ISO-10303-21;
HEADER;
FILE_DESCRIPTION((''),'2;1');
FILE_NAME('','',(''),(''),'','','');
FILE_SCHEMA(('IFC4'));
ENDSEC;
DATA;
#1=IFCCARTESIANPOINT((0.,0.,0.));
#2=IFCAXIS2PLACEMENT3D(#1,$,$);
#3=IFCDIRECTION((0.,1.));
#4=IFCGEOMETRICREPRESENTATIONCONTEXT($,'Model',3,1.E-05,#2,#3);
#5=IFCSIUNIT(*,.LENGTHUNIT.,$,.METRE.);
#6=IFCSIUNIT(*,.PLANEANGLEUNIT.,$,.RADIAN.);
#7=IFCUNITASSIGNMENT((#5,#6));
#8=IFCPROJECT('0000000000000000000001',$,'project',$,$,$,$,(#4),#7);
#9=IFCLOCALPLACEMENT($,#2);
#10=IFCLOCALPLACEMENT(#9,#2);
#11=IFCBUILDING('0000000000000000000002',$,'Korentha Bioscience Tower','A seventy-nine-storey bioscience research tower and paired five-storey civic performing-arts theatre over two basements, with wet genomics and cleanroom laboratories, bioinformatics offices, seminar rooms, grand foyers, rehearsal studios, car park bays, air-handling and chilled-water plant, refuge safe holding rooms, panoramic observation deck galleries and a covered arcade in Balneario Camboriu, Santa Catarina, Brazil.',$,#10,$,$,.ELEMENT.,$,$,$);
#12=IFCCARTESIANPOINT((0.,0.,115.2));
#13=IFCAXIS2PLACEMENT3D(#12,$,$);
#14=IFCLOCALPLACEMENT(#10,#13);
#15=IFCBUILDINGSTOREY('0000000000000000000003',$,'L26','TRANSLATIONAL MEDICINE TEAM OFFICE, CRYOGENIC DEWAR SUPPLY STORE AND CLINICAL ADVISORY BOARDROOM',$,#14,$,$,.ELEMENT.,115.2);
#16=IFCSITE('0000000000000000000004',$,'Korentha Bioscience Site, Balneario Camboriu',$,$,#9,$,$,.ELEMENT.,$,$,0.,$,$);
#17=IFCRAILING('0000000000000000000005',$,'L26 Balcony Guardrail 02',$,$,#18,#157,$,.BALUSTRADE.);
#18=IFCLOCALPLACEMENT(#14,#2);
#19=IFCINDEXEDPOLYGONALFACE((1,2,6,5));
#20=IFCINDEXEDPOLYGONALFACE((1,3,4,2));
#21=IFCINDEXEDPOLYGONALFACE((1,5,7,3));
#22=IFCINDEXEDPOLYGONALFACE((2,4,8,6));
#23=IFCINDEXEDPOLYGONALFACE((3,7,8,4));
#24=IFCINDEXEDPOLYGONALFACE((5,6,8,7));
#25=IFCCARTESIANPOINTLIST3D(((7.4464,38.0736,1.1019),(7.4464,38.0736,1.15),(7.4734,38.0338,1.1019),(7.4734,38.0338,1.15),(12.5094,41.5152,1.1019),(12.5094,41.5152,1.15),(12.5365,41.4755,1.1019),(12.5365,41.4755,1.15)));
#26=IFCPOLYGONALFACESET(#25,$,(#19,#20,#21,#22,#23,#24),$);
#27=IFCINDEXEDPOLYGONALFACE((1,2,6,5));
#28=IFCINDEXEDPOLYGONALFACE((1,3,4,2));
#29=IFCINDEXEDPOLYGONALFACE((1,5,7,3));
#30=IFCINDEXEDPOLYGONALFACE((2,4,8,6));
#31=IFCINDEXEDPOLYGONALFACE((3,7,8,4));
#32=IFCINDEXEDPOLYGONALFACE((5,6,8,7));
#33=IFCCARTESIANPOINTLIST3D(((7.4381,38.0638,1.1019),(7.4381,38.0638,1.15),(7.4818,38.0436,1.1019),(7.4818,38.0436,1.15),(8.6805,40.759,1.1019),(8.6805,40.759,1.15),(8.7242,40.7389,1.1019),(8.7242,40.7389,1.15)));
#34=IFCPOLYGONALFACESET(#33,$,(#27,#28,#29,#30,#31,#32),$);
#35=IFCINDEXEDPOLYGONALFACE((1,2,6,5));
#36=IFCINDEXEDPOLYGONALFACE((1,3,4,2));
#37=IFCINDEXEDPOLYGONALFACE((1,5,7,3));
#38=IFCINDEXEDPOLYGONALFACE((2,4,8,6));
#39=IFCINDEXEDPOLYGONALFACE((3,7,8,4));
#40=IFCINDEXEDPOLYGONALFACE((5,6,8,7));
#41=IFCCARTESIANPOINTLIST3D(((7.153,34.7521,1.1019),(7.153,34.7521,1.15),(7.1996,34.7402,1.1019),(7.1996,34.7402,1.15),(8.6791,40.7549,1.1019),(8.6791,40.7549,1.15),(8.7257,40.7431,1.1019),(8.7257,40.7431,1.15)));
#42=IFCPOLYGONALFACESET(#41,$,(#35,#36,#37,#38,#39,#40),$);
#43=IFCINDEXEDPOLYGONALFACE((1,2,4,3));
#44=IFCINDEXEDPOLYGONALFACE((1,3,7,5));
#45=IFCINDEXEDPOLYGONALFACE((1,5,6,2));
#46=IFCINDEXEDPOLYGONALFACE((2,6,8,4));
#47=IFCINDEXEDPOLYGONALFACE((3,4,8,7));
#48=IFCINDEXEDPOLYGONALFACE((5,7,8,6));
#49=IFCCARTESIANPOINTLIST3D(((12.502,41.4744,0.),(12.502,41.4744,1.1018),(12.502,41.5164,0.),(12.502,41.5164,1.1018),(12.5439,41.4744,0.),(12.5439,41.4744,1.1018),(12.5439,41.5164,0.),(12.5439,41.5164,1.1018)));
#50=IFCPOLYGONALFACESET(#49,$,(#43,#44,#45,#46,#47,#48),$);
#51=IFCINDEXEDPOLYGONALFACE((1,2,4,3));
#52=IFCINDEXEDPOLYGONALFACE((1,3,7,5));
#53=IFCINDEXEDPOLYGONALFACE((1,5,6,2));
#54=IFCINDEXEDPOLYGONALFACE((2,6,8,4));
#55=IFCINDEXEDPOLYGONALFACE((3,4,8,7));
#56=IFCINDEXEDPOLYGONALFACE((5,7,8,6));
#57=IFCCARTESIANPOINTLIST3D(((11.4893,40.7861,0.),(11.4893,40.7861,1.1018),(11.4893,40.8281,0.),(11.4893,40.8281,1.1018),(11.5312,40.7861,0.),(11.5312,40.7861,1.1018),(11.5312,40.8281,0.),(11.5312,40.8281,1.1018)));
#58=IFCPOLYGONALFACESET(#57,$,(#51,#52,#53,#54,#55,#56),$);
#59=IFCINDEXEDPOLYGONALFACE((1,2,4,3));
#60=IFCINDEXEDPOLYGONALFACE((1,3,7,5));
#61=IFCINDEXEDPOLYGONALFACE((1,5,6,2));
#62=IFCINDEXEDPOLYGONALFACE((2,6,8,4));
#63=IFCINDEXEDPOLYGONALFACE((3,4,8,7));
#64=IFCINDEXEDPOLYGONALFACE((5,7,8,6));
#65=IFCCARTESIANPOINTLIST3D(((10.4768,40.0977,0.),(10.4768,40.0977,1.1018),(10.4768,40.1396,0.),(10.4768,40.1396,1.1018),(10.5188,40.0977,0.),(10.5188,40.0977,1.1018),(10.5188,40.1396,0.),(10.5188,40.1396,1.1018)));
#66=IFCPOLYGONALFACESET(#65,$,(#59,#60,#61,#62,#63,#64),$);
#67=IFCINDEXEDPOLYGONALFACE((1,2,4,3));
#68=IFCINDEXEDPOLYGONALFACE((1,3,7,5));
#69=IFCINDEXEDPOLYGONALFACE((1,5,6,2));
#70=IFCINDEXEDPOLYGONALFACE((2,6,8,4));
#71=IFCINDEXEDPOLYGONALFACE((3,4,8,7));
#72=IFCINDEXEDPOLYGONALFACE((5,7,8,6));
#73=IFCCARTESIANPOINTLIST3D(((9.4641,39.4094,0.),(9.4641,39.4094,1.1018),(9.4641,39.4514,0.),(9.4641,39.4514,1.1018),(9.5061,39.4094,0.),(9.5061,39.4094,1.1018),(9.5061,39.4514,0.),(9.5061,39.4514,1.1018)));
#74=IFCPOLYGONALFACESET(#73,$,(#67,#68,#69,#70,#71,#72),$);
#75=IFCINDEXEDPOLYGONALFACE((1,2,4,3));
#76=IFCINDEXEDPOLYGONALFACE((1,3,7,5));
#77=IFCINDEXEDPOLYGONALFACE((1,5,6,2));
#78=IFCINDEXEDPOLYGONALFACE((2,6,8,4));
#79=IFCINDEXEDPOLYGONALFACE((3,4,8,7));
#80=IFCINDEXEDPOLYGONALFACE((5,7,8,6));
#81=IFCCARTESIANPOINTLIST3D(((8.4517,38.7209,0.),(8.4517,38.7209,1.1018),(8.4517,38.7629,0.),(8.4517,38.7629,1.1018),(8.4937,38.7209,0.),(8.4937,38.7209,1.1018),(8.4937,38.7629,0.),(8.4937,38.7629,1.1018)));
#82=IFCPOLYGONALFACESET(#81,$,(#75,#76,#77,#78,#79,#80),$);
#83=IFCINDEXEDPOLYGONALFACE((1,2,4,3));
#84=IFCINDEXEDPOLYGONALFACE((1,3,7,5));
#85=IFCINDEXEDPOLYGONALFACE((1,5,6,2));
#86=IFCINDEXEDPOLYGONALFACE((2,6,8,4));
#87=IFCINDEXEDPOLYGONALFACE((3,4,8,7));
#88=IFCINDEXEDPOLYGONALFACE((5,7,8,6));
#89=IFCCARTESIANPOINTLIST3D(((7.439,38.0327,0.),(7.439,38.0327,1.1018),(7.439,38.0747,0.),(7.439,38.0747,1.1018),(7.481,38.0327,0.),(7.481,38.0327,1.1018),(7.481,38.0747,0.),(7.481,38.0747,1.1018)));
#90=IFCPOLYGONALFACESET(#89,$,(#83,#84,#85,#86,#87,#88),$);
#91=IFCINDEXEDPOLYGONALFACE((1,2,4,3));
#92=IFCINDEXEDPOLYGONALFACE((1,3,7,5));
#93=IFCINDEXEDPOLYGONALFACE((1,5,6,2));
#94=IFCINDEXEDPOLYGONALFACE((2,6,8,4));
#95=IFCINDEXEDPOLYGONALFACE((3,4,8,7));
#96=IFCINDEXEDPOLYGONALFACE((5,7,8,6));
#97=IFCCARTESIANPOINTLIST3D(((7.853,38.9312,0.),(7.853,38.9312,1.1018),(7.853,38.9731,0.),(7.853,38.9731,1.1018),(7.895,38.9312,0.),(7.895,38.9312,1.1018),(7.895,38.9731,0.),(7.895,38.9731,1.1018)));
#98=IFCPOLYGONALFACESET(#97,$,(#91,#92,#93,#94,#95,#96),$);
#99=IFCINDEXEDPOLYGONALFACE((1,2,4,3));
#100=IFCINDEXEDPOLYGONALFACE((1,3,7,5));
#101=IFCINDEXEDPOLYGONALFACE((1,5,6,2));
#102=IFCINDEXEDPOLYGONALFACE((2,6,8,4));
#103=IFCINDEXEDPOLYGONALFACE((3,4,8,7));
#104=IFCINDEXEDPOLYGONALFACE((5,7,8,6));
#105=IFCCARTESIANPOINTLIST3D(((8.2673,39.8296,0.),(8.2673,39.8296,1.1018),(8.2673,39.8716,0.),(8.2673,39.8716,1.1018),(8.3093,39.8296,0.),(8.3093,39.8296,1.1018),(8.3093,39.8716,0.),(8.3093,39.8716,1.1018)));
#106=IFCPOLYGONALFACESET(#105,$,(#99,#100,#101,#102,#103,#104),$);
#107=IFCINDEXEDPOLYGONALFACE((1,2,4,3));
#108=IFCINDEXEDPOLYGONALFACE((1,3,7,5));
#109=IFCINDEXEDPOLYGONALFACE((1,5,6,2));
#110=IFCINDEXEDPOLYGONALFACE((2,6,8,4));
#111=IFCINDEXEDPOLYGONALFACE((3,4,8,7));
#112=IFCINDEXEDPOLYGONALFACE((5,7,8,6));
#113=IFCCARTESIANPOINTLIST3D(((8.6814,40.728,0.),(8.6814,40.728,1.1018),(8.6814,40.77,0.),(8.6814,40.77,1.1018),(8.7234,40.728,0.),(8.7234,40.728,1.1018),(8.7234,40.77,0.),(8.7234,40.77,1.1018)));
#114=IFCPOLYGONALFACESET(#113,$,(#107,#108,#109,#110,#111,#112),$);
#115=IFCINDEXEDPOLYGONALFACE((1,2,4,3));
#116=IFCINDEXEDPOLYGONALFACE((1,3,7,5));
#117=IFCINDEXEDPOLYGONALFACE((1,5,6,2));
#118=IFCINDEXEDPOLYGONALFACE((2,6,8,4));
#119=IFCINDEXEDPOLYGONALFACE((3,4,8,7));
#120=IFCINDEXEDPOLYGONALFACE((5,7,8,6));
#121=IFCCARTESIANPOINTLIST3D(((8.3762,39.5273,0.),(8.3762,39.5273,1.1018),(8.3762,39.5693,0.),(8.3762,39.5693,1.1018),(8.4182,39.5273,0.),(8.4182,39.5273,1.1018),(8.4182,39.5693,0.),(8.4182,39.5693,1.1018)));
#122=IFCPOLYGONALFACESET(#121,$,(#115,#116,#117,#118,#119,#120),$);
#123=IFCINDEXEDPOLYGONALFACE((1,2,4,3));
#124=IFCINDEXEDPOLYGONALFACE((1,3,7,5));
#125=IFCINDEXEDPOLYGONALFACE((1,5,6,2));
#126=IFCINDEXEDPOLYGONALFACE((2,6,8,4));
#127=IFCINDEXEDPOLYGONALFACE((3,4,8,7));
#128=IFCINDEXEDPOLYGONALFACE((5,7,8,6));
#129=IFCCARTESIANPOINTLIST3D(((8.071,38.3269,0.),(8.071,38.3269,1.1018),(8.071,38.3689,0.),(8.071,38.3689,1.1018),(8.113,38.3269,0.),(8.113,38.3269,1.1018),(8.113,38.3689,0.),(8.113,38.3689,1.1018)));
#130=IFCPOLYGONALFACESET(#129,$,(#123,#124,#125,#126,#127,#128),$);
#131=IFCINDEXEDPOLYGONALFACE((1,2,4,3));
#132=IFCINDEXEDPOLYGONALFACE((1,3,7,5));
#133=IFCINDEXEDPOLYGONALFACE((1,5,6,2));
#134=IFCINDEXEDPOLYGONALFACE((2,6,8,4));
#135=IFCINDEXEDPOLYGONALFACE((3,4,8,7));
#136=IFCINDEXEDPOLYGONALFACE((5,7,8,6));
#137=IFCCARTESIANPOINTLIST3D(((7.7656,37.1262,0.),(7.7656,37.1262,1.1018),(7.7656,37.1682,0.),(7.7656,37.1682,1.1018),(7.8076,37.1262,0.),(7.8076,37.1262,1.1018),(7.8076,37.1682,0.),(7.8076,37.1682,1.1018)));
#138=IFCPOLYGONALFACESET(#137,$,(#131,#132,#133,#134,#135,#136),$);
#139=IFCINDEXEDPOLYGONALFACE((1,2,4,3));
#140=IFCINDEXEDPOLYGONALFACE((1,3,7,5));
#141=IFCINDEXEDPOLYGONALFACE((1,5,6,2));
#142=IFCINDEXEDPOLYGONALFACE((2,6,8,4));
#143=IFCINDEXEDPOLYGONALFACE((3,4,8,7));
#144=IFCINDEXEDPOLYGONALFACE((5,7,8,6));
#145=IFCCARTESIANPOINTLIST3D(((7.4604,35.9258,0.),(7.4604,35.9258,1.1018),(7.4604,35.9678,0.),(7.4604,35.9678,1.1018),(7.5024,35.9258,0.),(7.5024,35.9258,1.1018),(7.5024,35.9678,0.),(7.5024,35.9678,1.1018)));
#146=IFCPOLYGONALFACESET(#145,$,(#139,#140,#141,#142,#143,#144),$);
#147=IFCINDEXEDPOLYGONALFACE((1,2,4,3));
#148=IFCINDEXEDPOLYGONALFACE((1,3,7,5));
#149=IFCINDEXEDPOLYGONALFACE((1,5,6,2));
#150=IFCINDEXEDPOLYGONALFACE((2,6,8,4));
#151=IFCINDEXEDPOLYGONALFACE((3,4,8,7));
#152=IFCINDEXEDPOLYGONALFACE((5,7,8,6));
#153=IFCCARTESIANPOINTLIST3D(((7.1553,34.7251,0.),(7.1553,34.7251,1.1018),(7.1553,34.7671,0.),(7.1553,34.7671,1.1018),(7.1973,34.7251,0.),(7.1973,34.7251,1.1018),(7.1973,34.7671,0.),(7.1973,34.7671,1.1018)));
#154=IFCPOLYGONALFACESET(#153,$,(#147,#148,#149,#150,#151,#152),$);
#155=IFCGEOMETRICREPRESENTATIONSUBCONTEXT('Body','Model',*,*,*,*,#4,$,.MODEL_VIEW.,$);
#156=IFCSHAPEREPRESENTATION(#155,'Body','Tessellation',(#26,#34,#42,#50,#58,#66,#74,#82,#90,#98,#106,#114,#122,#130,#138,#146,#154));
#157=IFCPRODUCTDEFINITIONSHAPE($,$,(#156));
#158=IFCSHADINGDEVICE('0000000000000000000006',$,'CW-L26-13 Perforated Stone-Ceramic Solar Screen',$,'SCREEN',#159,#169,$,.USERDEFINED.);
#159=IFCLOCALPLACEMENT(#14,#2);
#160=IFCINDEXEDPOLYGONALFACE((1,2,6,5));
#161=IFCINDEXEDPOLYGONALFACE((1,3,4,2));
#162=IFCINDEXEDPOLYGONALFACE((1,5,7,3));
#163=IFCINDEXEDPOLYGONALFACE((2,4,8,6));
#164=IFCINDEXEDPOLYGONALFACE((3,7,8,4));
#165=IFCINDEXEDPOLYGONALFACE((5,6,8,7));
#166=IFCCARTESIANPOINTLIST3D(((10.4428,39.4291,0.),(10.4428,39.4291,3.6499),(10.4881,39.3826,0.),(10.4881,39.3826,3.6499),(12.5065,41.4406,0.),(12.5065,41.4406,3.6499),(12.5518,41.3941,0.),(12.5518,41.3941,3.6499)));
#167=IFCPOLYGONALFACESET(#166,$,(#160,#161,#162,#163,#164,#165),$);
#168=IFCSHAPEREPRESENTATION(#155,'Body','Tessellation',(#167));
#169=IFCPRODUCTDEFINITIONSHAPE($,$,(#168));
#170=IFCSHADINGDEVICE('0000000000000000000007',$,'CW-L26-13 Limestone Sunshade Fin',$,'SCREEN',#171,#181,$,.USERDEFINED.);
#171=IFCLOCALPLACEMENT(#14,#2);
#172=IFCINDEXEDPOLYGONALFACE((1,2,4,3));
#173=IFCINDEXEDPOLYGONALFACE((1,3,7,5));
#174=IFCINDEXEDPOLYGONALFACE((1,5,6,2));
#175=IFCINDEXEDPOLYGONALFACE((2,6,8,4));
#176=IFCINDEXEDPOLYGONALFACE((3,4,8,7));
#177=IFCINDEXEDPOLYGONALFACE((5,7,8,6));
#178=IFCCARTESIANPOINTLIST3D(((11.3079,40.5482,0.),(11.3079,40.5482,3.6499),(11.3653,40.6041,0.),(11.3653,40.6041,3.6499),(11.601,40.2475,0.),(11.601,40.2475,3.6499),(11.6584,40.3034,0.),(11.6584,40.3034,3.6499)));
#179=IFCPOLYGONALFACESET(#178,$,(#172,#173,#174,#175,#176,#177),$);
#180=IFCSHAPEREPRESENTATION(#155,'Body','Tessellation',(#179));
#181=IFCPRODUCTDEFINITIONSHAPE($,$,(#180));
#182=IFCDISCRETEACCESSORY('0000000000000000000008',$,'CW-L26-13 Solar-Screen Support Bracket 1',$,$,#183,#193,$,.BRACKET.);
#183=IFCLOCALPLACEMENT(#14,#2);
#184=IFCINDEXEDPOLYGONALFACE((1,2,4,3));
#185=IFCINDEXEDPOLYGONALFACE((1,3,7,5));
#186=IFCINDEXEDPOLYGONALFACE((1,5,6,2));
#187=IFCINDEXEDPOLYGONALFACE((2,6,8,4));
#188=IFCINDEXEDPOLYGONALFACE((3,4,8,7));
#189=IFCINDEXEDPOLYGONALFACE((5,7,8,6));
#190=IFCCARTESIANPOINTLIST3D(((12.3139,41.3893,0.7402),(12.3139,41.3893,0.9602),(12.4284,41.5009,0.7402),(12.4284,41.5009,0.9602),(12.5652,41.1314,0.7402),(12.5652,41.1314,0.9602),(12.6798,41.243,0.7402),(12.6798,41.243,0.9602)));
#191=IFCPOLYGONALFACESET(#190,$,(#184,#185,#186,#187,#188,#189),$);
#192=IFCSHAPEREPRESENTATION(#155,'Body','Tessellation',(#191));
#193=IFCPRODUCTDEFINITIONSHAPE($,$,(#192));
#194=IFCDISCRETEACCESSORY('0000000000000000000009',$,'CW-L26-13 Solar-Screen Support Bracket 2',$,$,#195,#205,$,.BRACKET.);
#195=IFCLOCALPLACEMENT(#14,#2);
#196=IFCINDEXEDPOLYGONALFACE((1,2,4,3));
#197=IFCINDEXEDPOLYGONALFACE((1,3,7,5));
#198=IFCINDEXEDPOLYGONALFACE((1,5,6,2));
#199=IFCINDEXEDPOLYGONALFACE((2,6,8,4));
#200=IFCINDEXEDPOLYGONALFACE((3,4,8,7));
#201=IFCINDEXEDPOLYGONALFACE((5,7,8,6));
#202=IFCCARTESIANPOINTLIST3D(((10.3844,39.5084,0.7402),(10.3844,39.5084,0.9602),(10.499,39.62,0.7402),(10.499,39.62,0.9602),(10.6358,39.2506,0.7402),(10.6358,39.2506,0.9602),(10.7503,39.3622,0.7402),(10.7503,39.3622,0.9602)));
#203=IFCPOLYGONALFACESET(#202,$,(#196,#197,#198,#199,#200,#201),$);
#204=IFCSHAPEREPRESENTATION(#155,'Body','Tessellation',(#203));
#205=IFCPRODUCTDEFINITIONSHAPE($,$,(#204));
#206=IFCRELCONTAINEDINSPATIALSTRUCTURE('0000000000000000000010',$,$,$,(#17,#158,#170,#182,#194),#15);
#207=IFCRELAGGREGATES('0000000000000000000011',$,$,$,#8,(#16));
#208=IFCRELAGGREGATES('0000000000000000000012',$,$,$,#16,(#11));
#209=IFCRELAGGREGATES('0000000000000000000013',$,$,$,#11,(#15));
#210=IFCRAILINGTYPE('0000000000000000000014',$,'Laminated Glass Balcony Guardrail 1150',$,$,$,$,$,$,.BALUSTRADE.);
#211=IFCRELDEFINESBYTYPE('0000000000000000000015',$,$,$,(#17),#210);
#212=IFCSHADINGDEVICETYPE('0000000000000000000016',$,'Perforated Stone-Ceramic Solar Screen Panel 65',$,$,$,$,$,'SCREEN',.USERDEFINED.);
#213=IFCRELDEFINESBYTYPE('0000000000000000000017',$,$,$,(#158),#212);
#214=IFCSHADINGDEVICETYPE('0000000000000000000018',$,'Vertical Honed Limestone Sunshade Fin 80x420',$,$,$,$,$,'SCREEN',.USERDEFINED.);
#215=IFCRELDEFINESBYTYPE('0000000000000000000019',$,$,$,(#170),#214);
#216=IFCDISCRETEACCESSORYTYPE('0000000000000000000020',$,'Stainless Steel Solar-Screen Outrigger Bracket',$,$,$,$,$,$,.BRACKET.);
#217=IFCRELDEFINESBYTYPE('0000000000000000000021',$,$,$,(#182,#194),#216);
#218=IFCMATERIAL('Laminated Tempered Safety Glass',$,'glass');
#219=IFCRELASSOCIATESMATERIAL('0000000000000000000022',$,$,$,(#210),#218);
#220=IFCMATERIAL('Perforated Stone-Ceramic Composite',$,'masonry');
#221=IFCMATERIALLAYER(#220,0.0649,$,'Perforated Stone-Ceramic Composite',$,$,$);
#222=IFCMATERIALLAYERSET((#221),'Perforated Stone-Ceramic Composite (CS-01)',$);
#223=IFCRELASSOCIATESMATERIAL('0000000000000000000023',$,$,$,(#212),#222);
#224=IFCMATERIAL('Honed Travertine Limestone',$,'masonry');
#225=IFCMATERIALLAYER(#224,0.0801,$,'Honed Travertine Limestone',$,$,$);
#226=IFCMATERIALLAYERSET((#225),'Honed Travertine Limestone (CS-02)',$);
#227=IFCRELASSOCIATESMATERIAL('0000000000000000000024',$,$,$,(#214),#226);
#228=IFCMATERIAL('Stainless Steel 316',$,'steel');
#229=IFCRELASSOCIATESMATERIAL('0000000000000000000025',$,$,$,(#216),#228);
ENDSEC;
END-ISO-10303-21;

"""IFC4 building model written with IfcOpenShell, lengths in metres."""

from ifc_helpers import new_model, si_unit, direction, frame, origin, origin_2d, place, context, subcontext, project, spatial, rectangle, extrude, material, layer, layer_set, type_object, element, save


model = new_model("IFC4")

# Units and contexts
model_context = context("Model", 3, precision=1e-05, world=origin(), true_north=direction((0.0, 1.0)))
body_context = subcontext(model_context, "Body", "Model", "MODEL_VIEW")
ifc_project = project(units=[si_unit("LENGTHUNIT", "METRE"), si_unit("PLANEANGLEUNIT", "RADIAN")], contexts=[model_context])

# Site, building, storey
site_placement = place(None, origin())
site = spatial("IfcSite", under=ifc_project, at=site_placement, Name="Korentha Bioscience Site, Balneario Camboriu", CompositionType="ELEMENT", RefElevation=0.0)
building_placement = place(site_placement, origin())
building = spatial("IfcBuilding", under=site, at=building_placement, Name="Korentha Bioscience Tower", Description="A seventy-nine-storey bioscience research tower and paired five-storey civic performing-arts theatre over two basements, with wet genomics and cleanroom laboratories, bioinformatics offices, seminar rooms, grand foyers, rehearsal studios, car park bays, air-handling and chilled-water plant, refuge safe holding rooms, panoramic observation deck galleries and a covered arcade in Balneario Camboriu, Santa Catarina, Brazil.", CompositionType="ELEMENT")
storey_placement = place(building_placement, frame((0.0, 0.0, 115.2)))
storey = spatial("IfcBuildingStorey", under=building, at=storey_placement, Name="L26", Description="TRANSLATIONAL MEDICINE TEAM OFFICE, CRYOGENIC DEWAR SUPPLY STORE AND CLINICAL ADVISORY BOARDROOM", CompositionType="ELEMENT", Elevation=115.2)

# Railing
ifc_material_1 = material(Name="Laminated Tempered Safety Glass", Category="glass")
railing_type = type_object("IfcRailingType", Name="Laminated Glass Balcony Guardrail 1150", PredefinedType="BALUSTRADE", material=ifc_material_1)
railing_placement = place(storey_placement, frame((12.5229, 41.4954, 0.0)))
element("IfcRailing", 1, at=railing_placement, inside=storey, type_object=railing_type, Name="L26 Balcony Guardrail 02", PredefinedType="BALUSTRADE", context=body_context, shape_type="SweptSolid", body=[
    extrude(rectangle(XDim=0.0481, YDim=0.0481, at=origin_2d()), frame((0.0, 0.0, 1.126), z_axis=(-0.827016, -0.562178, 0.0), x_axis=(0.562178, -0.827016, 0.0)), (0.0, 0.0, 1.0), 6.1221),
    extrude(rectangle(XDim=0.0481, YDim=0.0481, at=origin_2d()), frame((-5.063, -3.4417, 1.126), z_axis=(0.418625, 0.908159, 0.0), x_axis=(-0.908159, 0.418625, 0.0)), (0.0, 0.0, 1.0), 2.9678),
    extrude(rectangle(XDim=0.0481, YDim=0.0481, at=origin_2d()), frame((-3.8206, -0.7463, 1.126), z_axis=(-0.246392, -0.96917, 0.0), x_axis=(0.96917, -0.246392, 0.0)), (0.0, 0.0, 1.0), 6.1938),
    extrude(rectangle(XDim=0.042, YDim=0.042, at=origin_2d()), origin(), (0.0, 0.0, 1.0), 1.1018),
    extrude(rectangle(XDim=0.042, YDim=0.042, at=origin_2d()), frame((-1.0127, -0.6882, 0.0)), (0.0, 0.0, 1.0), 1.1018),
    extrude(rectangle(XDim=0.042, YDim=0.042, at=origin_2d()), frame((-2.0251, -1.3767, 0.0)), (0.0, 0.0, 1.0), 1.1018),
    extrude(rectangle(XDim=0.042, YDim=0.042, at=origin_2d()), frame((-3.0378, -2.0649, 0.0)), (0.0, 0.0, 1.0), 1.1018),
    extrude(rectangle(XDim=0.042, YDim=0.042, at=origin_2d()), frame((-4.0503, -2.7534, 0.0)), (0.0, 0.0, 1.0), 1.1018),
    extrude(rectangle(XDim=0.042, YDim=0.042, at=origin_2d()), frame((-5.063, -3.4417, 0.0)), (0.0, 0.0, 1.0), 1.1018),
    extrude(rectangle(XDim=0.042, YDim=0.042, at=origin_2d()), frame((-4.6489, -2.5432, 0.0)), (0.0, 0.0, 1.0), 1.1018),
    extrude(rectangle(XDim=0.042, YDim=0.042, at=origin_2d()), frame((-4.2346, -1.6448, 0.0)), (0.0, 0.0, 1.0), 1.1018),
    extrude(rectangle(XDim=0.042, YDim=0.042, at=origin_2d()), frame((-3.8206, -0.7463, 0.0)), (0.0, 0.0, 1.0), 1.1018),
    extrude(rectangle(XDim=0.042, YDim=0.042, at=origin_2d()), frame((-4.1257, -1.947, 0.0)), (0.0, 0.0, 1.0), 1.1018),
    extrude(rectangle(XDim=0.042, YDim=0.042, at=origin_2d()), frame((-4.4309, -3.1475, 0.0)), (0.0, 0.0, 1.0), 1.1018),
    extrude(rectangle(XDim=0.042, YDim=0.042, at=origin_2d()), frame((-4.7363, -4.3481, 0.0)), (0.0, 0.0, 1.0), 1.1018),
    extrude(rectangle(XDim=0.042, YDim=0.042, at=origin_2d()), frame((-5.0415, -5.5486, 0.0)), (0.0, 0.0, 1.0), 1.1018),
    extrude(rectangle(XDim=0.042, YDim=0.042, at=origin_2d()), frame((-5.3467, -6.7493, 0.0)), (0.0, 0.0, 1.0), 1.1018),
])

# Shading devices
ifc_material_2 = material(Name="Perforated Stone-Ceramic Composite", Category="masonry")
ifc_layer_1 = layer(ifc_material_2, 0.0649, Name="Perforated Stone-Ceramic Composite")
ifc_layer_set_1 = layer_set([ifc_layer_1], Name="Perforated Stone-Ceramic Composite (CS-01)")
shading_device_type_1 = type_object("IfcShadingDeviceType", Name="Perforated Stone-Ceramic Solar Screen Panel 65", ElementType="SCREEN", PredefinedType="USERDEFINED", material=ifc_layer_set_1)
shading_device_1_placement = place(storey_placement, frame((11.4973, 40.4116, 0.0), z_axis=(0.0, 0.0, 1.0), x_axis=(-0.716096, -0.698002, 0.0)))
element("IfcShadingDevice", 2, at=shading_device_1_placement, inside=storey, type_object=shading_device_type_1, Name="CW-L26-13 Perforated Stone-Ceramic Solar Screen", ObjectType="SCREEN", PredefinedType="USERDEFINED", context=body_context, shape_type="SweptSolid", body=[
    extrude(rectangle(XDim=2.8818, YDim=0.0649, at=origin_2d()), origin(), (0.0, 0.0, 1.0), 3.6499),
])
ifc_material_3 = material(Name="Honed Travertine Limestone", Category="masonry")
ifc_layer_2 = layer(ifc_material_3, 0.0801, Name="Honed Travertine Limestone")
ifc_layer_set_2 = layer_set([ifc_layer_2], Name="Honed Travertine Limestone (CS-02)")
shading_device_type_2 = type_object("IfcShadingDeviceType", Name="Vertical Honed Limestone Sunshade Fin 80x420", ElementType="SCREEN", PredefinedType="USERDEFINED", material=ifc_layer_set_2)
shading_device_2_placement = place(storey_placement, frame((11.4832, 40.4258, 0.0), z_axis=(0.0, 0.0, 1.0), x_axis=(-0.716096, -0.698002, 0.0)))
element("IfcShadingDevice", 3, at=shading_device_2_placement, inside=storey, type_object=shading_device_type_2, Name="CW-L26-13 Limestone Sunshade Fin", ObjectType="SCREEN", PredefinedType="USERDEFINED", context=body_context, shape_type="SweptSolid", body=[
    extrude(rectangle(XDim=0.0801, YDim=0.4199, at=origin_2d()), origin(), (0.0, 0.0, 1.0), 3.6499),
])

# Discrete accessories
ifc_material_4 = material(Name="Stainless Steel 316", Category="steel")
discrete_accessory_type = type_object("IfcDiscreteAccessoryType", Name="Stainless Steel Solar-Screen Outrigger Bracket", PredefinedType="BRACKET", material=ifc_material_4)
for number, where, z_axis, x_axis, name in (
    (4, (12.4968, 41.3162, 0.7402), (0.0, 0.0, 1.0), (-0.716096, -0.698002, 0.0), "CW-L26-13 Solar-Screen Support Bracket 1"),
    (5, (10.5674, 39.4353, 0.7402), (0.0, 0.0, 1.0), (-0.716096, -0.698002, 0.0), "CW-L26-13 Solar-Screen Support Bracket 2"),
):
    element("IfcDiscreteAccessory", number, at=place(storey_placement, frame(where, z_axis=z_axis, x_axis=x_axis)), inside=storey, type_object=discrete_accessory_type, Name=name, PredefinedType="BRACKET", context=body_context, shape_type="SweptSolid", body=[
        extrude(rectangle(XDim=0.1599, YDim=0.3601, at=origin_2d()), origin(), (0.0, 0.0, 1.0), 0.22),
    ])

save(model, "model.ifc")
